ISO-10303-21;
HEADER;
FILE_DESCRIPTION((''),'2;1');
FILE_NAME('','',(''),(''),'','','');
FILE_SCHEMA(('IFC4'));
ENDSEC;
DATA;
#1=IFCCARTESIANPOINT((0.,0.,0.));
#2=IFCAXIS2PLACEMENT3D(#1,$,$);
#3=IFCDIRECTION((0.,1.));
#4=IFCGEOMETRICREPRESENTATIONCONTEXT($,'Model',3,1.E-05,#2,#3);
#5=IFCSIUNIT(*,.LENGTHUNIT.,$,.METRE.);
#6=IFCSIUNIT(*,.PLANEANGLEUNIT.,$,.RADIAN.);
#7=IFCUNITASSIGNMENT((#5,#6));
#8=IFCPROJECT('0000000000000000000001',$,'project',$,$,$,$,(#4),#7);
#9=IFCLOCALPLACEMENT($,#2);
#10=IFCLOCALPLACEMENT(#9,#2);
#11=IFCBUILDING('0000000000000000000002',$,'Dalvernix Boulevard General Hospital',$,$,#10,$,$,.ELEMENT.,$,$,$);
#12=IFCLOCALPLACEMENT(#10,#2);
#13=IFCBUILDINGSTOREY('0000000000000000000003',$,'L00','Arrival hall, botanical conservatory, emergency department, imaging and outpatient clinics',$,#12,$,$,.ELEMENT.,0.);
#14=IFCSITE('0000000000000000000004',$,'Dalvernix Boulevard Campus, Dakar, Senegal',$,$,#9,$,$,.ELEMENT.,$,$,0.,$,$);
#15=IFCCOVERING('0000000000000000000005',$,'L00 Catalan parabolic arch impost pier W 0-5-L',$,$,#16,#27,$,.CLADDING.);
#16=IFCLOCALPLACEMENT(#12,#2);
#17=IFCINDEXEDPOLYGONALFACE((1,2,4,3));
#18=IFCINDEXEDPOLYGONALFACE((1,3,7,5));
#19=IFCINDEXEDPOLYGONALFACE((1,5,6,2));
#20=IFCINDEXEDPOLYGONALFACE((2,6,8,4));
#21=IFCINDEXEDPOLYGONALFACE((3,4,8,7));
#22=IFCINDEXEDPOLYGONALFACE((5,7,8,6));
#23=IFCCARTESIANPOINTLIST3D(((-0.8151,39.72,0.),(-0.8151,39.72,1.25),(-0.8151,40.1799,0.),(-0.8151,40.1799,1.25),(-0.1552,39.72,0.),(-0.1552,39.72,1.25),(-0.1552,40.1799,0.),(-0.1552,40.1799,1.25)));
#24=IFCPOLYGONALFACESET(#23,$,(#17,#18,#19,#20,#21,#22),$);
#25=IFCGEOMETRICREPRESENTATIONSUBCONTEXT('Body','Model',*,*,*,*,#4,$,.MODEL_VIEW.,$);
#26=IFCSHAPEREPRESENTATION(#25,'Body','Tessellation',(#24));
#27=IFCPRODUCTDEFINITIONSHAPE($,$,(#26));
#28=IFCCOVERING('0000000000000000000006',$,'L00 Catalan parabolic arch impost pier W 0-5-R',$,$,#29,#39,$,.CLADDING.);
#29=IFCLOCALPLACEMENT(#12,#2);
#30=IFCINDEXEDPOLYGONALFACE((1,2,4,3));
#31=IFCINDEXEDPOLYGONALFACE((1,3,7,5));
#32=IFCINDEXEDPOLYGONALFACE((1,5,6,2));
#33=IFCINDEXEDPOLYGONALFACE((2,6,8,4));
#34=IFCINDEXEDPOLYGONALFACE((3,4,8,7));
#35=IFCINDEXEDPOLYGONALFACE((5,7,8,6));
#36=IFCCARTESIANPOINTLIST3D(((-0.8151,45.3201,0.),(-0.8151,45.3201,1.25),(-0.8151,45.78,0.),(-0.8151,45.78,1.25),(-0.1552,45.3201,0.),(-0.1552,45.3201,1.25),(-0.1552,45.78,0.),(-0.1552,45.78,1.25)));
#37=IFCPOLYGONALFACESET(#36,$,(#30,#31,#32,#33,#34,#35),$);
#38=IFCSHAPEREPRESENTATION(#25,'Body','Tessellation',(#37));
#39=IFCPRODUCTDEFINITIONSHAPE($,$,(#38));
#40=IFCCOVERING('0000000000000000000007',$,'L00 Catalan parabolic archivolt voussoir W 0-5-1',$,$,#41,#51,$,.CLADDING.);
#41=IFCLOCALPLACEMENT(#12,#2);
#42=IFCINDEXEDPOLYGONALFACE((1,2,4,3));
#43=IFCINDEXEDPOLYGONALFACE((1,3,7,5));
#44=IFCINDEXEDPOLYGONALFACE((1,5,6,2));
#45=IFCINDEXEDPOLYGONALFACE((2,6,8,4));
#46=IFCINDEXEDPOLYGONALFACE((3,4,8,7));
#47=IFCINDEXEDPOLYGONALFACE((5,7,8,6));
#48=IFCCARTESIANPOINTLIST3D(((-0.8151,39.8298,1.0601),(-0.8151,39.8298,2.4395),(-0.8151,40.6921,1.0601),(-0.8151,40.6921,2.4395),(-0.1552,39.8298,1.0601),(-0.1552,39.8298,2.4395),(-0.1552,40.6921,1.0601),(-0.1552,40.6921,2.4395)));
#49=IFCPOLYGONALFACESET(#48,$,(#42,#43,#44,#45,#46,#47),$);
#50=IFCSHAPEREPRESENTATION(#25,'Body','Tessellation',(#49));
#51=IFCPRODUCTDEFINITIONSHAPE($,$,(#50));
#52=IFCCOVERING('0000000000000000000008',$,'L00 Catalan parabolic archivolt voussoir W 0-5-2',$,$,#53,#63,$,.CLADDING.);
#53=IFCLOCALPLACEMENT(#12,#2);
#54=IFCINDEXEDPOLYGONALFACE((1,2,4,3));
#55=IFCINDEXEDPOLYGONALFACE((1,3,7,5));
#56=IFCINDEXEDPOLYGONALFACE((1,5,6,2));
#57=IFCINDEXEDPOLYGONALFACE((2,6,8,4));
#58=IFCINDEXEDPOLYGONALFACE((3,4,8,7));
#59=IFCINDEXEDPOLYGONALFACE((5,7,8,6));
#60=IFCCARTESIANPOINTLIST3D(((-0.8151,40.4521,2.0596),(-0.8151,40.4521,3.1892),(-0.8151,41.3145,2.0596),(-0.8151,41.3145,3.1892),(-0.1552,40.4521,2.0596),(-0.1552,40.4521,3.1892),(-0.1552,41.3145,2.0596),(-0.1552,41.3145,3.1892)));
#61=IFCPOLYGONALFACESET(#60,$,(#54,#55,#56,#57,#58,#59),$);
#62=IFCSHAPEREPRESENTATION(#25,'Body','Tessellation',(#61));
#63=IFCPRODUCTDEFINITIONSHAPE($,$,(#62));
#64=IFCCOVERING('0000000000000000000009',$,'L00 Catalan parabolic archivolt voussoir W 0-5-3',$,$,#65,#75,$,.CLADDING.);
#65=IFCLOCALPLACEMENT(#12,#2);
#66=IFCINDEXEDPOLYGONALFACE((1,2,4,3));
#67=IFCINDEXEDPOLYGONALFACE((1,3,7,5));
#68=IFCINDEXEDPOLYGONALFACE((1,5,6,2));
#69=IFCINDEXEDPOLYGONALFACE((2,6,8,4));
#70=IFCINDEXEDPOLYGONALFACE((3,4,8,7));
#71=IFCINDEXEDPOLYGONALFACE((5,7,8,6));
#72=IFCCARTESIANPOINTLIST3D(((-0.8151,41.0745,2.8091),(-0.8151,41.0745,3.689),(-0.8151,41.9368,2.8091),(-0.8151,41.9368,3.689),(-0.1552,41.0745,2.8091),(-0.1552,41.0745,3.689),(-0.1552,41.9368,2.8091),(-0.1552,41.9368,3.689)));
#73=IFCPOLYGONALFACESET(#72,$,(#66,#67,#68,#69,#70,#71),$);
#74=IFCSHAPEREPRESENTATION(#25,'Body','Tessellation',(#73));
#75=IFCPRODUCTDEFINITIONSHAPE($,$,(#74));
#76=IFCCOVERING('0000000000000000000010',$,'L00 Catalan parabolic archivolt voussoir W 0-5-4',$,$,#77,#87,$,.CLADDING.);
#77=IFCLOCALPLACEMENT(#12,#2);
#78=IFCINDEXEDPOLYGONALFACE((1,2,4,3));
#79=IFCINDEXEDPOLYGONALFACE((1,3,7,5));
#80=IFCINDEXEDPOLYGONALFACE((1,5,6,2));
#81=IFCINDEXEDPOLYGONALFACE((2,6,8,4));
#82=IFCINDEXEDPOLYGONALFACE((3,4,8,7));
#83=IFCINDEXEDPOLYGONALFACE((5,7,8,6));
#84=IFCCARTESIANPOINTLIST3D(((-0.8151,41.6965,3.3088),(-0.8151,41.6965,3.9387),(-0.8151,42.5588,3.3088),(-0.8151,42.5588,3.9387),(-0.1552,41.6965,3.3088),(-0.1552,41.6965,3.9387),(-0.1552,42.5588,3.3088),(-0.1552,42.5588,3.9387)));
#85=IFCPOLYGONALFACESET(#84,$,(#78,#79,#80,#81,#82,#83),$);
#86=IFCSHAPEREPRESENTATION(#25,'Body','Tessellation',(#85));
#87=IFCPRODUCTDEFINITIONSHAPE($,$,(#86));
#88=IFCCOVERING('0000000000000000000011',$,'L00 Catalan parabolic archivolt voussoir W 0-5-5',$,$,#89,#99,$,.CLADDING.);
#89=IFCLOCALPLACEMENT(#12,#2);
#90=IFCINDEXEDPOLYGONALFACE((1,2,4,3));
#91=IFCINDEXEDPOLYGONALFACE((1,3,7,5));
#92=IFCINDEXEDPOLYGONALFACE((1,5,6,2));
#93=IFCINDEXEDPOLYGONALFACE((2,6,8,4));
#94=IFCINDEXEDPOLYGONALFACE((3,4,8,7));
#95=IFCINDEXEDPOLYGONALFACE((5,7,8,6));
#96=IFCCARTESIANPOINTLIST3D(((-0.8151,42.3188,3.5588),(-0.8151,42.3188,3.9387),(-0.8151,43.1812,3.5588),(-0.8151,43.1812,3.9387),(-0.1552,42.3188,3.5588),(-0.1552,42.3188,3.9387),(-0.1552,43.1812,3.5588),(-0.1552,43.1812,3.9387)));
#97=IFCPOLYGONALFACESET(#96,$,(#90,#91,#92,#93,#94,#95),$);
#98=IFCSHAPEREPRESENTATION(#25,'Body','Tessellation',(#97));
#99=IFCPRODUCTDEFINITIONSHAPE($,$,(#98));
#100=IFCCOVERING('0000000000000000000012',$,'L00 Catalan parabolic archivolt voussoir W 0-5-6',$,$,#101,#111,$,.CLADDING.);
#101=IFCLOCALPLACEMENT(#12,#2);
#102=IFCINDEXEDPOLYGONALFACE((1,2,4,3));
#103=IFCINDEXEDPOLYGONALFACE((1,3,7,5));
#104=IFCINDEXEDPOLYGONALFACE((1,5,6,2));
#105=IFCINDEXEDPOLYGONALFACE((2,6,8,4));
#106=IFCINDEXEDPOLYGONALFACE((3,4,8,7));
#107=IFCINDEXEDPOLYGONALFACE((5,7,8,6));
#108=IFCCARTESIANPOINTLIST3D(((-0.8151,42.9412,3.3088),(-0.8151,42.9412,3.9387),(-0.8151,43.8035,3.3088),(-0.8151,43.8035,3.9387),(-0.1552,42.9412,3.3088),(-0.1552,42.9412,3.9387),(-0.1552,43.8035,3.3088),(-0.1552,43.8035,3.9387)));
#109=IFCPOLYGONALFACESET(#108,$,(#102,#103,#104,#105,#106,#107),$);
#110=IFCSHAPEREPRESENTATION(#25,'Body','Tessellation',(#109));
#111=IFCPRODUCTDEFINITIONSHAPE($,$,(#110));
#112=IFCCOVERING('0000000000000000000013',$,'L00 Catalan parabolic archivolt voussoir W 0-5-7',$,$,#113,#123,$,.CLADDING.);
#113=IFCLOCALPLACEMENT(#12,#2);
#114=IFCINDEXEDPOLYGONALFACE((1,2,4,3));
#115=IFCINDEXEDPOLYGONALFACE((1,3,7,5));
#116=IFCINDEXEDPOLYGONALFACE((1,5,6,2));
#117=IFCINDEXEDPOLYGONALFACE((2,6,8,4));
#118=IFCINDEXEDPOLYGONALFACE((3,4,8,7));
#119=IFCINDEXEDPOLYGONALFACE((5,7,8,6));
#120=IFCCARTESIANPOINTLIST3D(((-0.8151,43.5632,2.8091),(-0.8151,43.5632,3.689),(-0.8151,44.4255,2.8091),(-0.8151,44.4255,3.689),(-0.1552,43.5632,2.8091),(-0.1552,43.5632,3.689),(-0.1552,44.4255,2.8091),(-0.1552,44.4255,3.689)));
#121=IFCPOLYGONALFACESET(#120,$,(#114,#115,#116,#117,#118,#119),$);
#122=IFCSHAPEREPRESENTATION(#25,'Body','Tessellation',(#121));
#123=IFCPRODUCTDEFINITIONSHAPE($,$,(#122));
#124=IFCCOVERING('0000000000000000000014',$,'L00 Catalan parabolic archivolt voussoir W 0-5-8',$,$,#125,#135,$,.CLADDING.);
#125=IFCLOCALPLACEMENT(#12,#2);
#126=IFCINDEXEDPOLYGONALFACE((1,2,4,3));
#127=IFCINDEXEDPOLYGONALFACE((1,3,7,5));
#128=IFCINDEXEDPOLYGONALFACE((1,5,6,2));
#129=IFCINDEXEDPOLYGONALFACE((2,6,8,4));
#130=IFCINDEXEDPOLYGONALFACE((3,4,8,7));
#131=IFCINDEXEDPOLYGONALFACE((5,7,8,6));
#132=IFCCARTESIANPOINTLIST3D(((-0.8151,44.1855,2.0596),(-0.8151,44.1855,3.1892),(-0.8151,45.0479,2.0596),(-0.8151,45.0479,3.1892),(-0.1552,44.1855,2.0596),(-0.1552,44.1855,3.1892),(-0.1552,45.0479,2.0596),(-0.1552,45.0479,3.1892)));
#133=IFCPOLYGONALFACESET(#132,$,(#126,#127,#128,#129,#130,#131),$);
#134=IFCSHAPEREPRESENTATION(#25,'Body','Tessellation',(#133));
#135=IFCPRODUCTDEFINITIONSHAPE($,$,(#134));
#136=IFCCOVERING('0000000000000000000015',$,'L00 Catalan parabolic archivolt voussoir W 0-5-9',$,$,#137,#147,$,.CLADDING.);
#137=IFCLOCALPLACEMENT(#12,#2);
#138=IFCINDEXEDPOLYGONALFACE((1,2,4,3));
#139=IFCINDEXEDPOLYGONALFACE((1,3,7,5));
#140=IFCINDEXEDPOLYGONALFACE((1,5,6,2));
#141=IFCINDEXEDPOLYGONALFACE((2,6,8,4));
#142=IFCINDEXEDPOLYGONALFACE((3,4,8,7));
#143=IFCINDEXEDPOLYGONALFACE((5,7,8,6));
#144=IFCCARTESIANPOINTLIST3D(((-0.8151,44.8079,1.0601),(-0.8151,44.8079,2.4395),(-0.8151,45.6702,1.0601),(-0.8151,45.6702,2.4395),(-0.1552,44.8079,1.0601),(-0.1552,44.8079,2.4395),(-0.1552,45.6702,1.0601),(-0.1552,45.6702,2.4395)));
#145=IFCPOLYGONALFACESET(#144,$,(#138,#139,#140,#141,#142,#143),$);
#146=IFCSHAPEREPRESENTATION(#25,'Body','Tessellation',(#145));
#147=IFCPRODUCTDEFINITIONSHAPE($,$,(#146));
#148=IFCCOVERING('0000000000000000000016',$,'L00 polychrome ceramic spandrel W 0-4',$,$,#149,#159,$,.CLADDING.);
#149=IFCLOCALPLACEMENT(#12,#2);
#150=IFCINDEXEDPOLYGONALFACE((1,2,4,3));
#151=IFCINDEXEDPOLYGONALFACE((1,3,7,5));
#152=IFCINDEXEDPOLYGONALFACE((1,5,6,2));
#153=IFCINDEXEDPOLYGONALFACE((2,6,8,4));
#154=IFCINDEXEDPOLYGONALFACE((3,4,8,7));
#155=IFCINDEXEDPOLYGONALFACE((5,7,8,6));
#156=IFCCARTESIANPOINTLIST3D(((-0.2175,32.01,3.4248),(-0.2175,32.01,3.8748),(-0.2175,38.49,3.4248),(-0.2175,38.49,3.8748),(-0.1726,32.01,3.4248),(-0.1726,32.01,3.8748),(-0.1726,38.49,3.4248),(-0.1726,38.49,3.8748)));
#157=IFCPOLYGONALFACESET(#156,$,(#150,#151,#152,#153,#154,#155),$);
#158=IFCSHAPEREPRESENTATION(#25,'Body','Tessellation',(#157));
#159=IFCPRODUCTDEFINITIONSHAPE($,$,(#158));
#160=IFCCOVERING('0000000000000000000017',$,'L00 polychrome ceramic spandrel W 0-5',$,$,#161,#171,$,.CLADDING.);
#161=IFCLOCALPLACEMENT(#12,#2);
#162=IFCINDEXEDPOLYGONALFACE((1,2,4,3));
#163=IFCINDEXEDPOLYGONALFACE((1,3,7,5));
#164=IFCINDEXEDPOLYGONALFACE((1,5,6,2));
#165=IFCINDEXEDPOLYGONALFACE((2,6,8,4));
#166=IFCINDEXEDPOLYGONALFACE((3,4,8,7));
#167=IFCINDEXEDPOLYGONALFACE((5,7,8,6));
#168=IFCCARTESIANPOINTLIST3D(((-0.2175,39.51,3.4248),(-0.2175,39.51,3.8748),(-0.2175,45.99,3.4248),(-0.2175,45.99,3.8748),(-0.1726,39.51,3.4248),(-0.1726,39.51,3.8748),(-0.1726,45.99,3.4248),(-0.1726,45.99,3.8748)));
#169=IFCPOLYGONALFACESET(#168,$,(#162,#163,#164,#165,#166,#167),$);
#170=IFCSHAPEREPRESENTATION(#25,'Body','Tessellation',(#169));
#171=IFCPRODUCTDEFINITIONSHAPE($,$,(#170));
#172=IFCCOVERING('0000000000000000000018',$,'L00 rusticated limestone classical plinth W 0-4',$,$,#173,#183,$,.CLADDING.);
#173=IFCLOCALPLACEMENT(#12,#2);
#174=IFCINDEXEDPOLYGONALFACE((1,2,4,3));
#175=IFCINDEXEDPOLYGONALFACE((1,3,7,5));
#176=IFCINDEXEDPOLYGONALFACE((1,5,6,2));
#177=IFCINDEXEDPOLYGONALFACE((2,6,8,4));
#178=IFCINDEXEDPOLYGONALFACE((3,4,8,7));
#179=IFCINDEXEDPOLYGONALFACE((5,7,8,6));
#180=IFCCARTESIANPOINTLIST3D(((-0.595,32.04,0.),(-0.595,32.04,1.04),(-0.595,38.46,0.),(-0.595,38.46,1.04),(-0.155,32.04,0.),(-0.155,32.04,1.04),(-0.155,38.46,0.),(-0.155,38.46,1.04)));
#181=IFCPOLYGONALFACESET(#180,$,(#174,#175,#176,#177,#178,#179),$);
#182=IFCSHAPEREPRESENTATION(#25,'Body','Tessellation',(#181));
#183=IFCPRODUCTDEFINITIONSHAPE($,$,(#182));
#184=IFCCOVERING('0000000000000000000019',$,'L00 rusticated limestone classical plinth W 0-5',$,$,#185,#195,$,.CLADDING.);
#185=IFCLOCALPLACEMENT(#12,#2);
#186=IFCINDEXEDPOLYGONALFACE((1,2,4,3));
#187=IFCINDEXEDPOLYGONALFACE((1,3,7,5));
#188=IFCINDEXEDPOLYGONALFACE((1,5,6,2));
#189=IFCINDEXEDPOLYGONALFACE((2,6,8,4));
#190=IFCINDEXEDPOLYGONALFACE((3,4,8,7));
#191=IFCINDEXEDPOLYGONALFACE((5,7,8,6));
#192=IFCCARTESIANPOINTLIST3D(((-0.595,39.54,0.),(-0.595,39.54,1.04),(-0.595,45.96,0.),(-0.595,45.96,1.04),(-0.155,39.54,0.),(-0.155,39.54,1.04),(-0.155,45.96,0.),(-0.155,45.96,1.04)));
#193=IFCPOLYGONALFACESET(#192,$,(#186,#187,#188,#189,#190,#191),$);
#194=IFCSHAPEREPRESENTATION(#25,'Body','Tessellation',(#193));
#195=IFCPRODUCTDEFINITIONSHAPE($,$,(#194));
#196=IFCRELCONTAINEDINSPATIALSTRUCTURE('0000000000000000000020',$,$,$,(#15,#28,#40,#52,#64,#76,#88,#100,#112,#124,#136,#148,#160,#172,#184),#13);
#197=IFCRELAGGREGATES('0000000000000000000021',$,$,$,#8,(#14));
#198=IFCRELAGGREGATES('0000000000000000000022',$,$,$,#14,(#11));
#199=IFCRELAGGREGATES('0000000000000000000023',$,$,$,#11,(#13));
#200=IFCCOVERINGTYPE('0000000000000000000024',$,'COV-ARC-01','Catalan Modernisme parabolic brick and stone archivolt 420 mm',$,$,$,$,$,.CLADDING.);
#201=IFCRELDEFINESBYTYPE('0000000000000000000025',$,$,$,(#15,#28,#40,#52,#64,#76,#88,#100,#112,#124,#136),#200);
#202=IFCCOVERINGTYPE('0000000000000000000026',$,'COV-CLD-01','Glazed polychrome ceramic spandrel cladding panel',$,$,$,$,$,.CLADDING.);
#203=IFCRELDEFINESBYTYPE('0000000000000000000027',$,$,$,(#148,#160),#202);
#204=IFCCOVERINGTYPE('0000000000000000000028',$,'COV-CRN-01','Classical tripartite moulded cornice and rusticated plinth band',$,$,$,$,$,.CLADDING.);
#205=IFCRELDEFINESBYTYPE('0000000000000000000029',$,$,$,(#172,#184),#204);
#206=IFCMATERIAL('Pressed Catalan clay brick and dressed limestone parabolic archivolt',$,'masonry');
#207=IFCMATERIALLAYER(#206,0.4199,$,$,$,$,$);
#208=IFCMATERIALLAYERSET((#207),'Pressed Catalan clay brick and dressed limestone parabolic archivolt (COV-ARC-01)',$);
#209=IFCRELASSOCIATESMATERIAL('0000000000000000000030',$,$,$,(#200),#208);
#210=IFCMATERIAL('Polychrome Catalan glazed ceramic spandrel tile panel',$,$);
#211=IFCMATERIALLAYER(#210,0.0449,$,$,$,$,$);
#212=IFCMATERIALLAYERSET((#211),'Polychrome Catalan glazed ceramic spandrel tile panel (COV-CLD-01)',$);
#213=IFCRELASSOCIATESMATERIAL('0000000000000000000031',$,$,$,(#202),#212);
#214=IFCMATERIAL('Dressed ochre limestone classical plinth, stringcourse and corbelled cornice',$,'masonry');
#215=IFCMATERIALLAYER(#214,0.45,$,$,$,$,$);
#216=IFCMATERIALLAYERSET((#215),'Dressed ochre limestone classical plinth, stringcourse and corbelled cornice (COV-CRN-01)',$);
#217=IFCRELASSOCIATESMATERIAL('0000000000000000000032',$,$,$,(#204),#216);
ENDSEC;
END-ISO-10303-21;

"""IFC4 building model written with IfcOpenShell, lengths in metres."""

from ifc_helpers import new_model, si_unit, direction, frame, origin, origin_2d, place, context, subcontext, project, spatial, rectangle, extrude, material, layer, layer_set, type_object, element, save


model = new_model("IFC4")

# Units and contexts
model_context = context("Model", 3, precision=1e-05, world=origin(), true_north=direction((0.0, 1.0)))
body_context = subcontext(model_context, "Body", "Model", "MODEL_VIEW")
ifc_project = project(units=[si_unit("LENGTHUNIT", "METRE"), si_unit("PLANEANGLEUNIT", "RADIAN")], contexts=[model_context])

# Site, building, storey
site_placement = place(None, origin())
site = spatial("IfcSite", under=ifc_project, at=site_placement, Name="Dalvernix Boulevard Campus, Dakar, Senegal", CompositionType="ELEMENT", RefElevation=0.0)
building_placement = place(site_placement, origin())
building = spatial("IfcBuilding", under=site, at=building_placement, Name="Dalvernix Boulevard General Hospital", CompositionType="ELEMENT")
storey_placement = place(building_placement, origin())
storey = spatial("IfcBuildingStorey", under=building, at=storey_placement, Name="L00", Description="Arrival hall, botanical conservatory, emergency department, imaging and outpatient clinics", CompositionType="ELEMENT", Elevation=0.0)

# Coverings
ifc_material_1 = material(Name="Pressed Catalan clay brick and dressed limestone parabolic archivolt", Category="masonry")
ifc_layer_1 = layer(ifc_material_1, 0.4199)
ifc_layer_set_1 = layer_set([ifc_layer_1], Name="Pressed Catalan clay brick and dressed limestone parabolic archivolt (COV-ARC-01)")
covering_type_1 = type_object("IfcCoveringType", Name="COV-ARC-01", Description="Catalan Modernisme parabolic brick and stone archivolt 420 mm", PredefinedType="CLADDING", material=ifc_layer_set_1)
for number, where, z_axis, x_axis, name in (
    (1, (-0.4851, 39.95, 0.0), (0.0, 0.0, 1.0), (0.0, 1.0, 0.0), "L00 Catalan parabolic arch impost pier W 0-5-L"),
    (2, (-0.4851, 45.55, 0.0), (0.0, 0.0, 1.0), (0.0, 1.0, 0.0), "L00 Catalan parabolic arch impost pier W 0-5-R"),
):
    element("IfcCovering", number, at=place(storey_placement, frame(where, z_axis=z_axis, x_axis=x_axis)), inside=storey, type_object=covering_type_1, Name=name, PredefinedType="CLADDING", context=body_context, shape_type="SweptSolid", body=[
        extrude(rectangle(XDim=0.46, YDim=0.6599, at=origin_2d()), origin(), (0.0, 0.0, 1.0), 1.25),
    ])
covering_1_placement = place(storey_placement, frame((-0.4851, 40.261, 1.0601), z_axis=(0.0, 0.0, 1.0), x_axis=(0.0, 1.0, 0.0)))
element("IfcCovering", 3, at=covering_1_placement, inside=storey, type_object=covering_type_1, Name="L00 Catalan parabolic archivolt voussoir W 0-5-1", PredefinedType="CLADDING", context=body_context, shape_type="SweptSolid", body=[
    extrude(rectangle(XDim=0.8623, YDim=0.6599, at=origin_2d()), origin(), (0.0, 0.0, 1.0), 1.3794),
])
covering_2_placement = place(storey_placement, frame((-0.4851, 40.8833, 2.0596), z_axis=(0.0, 0.0, 1.0), x_axis=(0.0, 1.0, 0.0)))
element("IfcCovering", 4, at=covering_2_placement, inside=storey, type_object=covering_type_1, Name="L00 Catalan parabolic archivolt voussoir W 0-5-2", PredefinedType="CLADDING", context=body_context, shape_type="SweptSolid", body=[
    extrude(rectangle(XDim=0.8623, YDim=0.6599, at=origin_2d()), origin(), (0.0, 0.0, 1.0), 1.1296),
])
covering_3_placement = place(storey_placement, frame((-0.4851, 41.5056, 2.8091), z_axis=(0.0, 0.0, 1.0), x_axis=(0.0, 1.0, 0.0)))
element("IfcCovering", 5, at=covering_3_placement, inside=storey, type_object=covering_type_1, Name="L00 Catalan parabolic archivolt voussoir W 0-5-3", PredefinedType="CLADDING", context=body_context, shape_type="SweptSolid", body=[
    extrude(rectangle(XDim=0.8623, YDim=0.6599, at=origin_2d()), origin(), (0.0, 0.0, 1.0), 0.8799),
])
covering_4_placement = place(storey_placement, frame((-0.4851, 42.1277, 3.3088), z_axis=(0.0, 0.0, 1.0), x_axis=(0.0, 1.0, 0.0)))
element("IfcCovering", 6, at=covering_4_placement, inside=storey, type_object=covering_type_1, Name="L00 Catalan parabolic archivolt voussoir W 0-5-4", PredefinedType="CLADDING", context=body_context, shape_type="SweptSolid", body=[
    extrude(rectangle(XDim=0.8623, YDim=0.6599, at=origin_2d()), origin(), (0.0, 0.0, 1.0), 0.6299),
])
covering_5_placement = place(storey_placement, frame((-0.4851, 42.75, 3.5588), z_axis=(0.0, 0.0, 1.0), x_axis=(0.0, 1.0, 0.0)))
element("IfcCovering", 7, at=covering_5_placement, inside=storey, type_object=covering_type_1, Name="L00 Catalan parabolic archivolt voussoir W 0-5-5", PredefinedType="CLADDING", context=body_context, shape_type="SweptSolid", body=[
    extrude(rectangle(XDim=0.8623, YDim=0.6599, at=origin_2d()), origin(), (0.0, 0.0, 1.0), 0.3799),
])
covering_6_placement = place(storey_placement, frame((-0.4851, 43.3723, 3.3088), z_axis=(0.0, 0.0, 1.0), x_axis=(0.0, 1.0, 0.0)))
element("IfcCovering", 8, at=covering_6_placement, inside=storey, type_object=covering_type_1, Name="L00 Catalan parabolic archivolt voussoir W 0-5-6", PredefinedType="CLADDING", context=body_context, shape_type="SweptSolid", body=[
    extrude(rectangle(XDim=0.8623, YDim=0.6599, at=origin_2d()), origin(), (0.0, 0.0, 1.0), 0.6299),
])
covering_7_placement = place(storey_placement, frame((-0.4851, 43.9944, 2.8091), z_axis=(0.0, 0.0, 1.0), x_axis=(0.0, 1.0, 0.0)))
element("IfcCovering", 9, at=covering_7_placement, inside=storey, type_object=covering_type_1, Name="L00 Catalan parabolic archivolt voussoir W 0-5-7", PredefinedType="CLADDING", context=body_context, shape_type="SweptSolid", body=[
    extrude(rectangle(XDim=0.8623, YDim=0.6599, at=origin_2d()), origin(), (0.0, 0.0, 1.0), 0.8799),
])
covering_8_placement = place(storey_placement, frame((-0.4851, 44.6167, 2.0596), z_axis=(0.0, 0.0, 1.0), x_axis=(0.0, 1.0, 0.0)))
element("IfcCovering", 10, at=covering_8_placement, inside=storey, type_object=covering_type_1, Name="L00 Catalan parabolic archivolt voussoir W 0-5-8", PredefinedType="CLADDING", context=body_context, shape_type="SweptSolid", body=[
    extrude(rectangle(XDim=0.8623, YDim=0.6599, at=origin_2d()), origin(), (0.0, 0.0, 1.0), 1.1296),
])
covering_9_placement = place(storey_placement, frame((-0.4851, 45.239, 1.0601), z_axis=(0.0, 0.0, 1.0), x_axis=(0.0, 1.0, 0.0)))
element("IfcCovering", 11, at=covering_9_placement, inside=storey, type_object=covering_type_1, Name="L00 Catalan parabolic archivolt voussoir W 0-5-9", PredefinedType="CLADDING", context=body_context, shape_type="SweptSolid", body=[
    extrude(rectangle(XDim=0.8623, YDim=0.6599, at=origin_2d()), origin(), (0.0, 0.0, 1.0), 1.3794),
])
ifc_material_2 = material(Name="Polychrome Catalan glazed ceramic spandrel tile panel")
ifc_layer_2 = layer(ifc_material_2, 0.0449)
ifc_layer_set_2 = layer_set([ifc_layer_2], Name="Polychrome Catalan glazed ceramic spandrel tile panel (COV-CLD-01)")
covering_type_2 = type_object("IfcCoveringType", Name="COV-CLD-01", Description="Glazed polychrome ceramic spandrel cladding panel", PredefinedType="CLADDING", material=ifc_layer_set_2)
for number, where, z_axis, x_axis, name in (
    (12, (-0.1951, 35.25, 3.4248), (0.0, 0.0, 1.0), (0.0, 1.0, 0.0), "L00 polychrome ceramic spandrel W 0-4"),
    (13, (-0.1951, 42.75, 3.4248), (0.0, 0.0, 1.0), (0.0, 1.0, 0.0), "L00 polychrome ceramic spandrel W 0-5"),
):
    element("IfcCovering", number, at=place(storey_placement, frame(where, z_axis=z_axis, x_axis=x_axis)), inside=storey, type_object=covering_type_2, Name=name, PredefinedType="CLADDING", context=body_context, shape_type="SweptSolid", body=[
        extrude(rectangle(XDim=6.48, YDim=0.0449, at=origin_2d()), origin(), (0.0, 0.0, 1.0), 0.45),
    ])
ifc_material_3 = material(Name="Dressed ochre limestone classical plinth, stringcourse and corbelled cornice", Category="masonry")
ifc_layer_3 = layer(ifc_material_3, 0.45)
ifc_layer_set_3 = layer_set([ifc_layer_3], Name="Dressed ochre limestone classical plinth, stringcourse and corbelled cornice (COV-CRN-01)")
covering_type_3 = type_object("IfcCoveringType", Name="COV-CRN-01", Description="Classical tripartite moulded cornice and rusticated plinth band", PredefinedType="CLADDING", material=ifc_layer_set_3)
for number, where, z_axis, x_axis, name in (
    (14, (-0.375, 35.25, 0.0), (0.0, 0.0, 1.0), (0.0, 1.0, 0.0), "L00 rusticated limestone classical plinth W 0-4"),
    (15, (-0.375, 42.75, 0.0), (0.0, 0.0, 1.0), (0.0, 1.0, 0.0), "L00 rusticated limestone classical plinth W 0-5"),
):
    element("IfcCovering", number, at=place(storey_placement, frame(where, z_axis=z_axis, x_axis=x_axis)), inside=storey, type_object=covering_type_3, Name=name, PredefinedType="CLADDING", context=body_context, shape_type="SweptSolid", body=[
        extrude(rectangle(XDim=6.4199, YDim=0.4399, at=origin_2d()), origin(), (0.0, 0.0, 1.0), 1.04),
    ])

save(model, "model.ifc")
